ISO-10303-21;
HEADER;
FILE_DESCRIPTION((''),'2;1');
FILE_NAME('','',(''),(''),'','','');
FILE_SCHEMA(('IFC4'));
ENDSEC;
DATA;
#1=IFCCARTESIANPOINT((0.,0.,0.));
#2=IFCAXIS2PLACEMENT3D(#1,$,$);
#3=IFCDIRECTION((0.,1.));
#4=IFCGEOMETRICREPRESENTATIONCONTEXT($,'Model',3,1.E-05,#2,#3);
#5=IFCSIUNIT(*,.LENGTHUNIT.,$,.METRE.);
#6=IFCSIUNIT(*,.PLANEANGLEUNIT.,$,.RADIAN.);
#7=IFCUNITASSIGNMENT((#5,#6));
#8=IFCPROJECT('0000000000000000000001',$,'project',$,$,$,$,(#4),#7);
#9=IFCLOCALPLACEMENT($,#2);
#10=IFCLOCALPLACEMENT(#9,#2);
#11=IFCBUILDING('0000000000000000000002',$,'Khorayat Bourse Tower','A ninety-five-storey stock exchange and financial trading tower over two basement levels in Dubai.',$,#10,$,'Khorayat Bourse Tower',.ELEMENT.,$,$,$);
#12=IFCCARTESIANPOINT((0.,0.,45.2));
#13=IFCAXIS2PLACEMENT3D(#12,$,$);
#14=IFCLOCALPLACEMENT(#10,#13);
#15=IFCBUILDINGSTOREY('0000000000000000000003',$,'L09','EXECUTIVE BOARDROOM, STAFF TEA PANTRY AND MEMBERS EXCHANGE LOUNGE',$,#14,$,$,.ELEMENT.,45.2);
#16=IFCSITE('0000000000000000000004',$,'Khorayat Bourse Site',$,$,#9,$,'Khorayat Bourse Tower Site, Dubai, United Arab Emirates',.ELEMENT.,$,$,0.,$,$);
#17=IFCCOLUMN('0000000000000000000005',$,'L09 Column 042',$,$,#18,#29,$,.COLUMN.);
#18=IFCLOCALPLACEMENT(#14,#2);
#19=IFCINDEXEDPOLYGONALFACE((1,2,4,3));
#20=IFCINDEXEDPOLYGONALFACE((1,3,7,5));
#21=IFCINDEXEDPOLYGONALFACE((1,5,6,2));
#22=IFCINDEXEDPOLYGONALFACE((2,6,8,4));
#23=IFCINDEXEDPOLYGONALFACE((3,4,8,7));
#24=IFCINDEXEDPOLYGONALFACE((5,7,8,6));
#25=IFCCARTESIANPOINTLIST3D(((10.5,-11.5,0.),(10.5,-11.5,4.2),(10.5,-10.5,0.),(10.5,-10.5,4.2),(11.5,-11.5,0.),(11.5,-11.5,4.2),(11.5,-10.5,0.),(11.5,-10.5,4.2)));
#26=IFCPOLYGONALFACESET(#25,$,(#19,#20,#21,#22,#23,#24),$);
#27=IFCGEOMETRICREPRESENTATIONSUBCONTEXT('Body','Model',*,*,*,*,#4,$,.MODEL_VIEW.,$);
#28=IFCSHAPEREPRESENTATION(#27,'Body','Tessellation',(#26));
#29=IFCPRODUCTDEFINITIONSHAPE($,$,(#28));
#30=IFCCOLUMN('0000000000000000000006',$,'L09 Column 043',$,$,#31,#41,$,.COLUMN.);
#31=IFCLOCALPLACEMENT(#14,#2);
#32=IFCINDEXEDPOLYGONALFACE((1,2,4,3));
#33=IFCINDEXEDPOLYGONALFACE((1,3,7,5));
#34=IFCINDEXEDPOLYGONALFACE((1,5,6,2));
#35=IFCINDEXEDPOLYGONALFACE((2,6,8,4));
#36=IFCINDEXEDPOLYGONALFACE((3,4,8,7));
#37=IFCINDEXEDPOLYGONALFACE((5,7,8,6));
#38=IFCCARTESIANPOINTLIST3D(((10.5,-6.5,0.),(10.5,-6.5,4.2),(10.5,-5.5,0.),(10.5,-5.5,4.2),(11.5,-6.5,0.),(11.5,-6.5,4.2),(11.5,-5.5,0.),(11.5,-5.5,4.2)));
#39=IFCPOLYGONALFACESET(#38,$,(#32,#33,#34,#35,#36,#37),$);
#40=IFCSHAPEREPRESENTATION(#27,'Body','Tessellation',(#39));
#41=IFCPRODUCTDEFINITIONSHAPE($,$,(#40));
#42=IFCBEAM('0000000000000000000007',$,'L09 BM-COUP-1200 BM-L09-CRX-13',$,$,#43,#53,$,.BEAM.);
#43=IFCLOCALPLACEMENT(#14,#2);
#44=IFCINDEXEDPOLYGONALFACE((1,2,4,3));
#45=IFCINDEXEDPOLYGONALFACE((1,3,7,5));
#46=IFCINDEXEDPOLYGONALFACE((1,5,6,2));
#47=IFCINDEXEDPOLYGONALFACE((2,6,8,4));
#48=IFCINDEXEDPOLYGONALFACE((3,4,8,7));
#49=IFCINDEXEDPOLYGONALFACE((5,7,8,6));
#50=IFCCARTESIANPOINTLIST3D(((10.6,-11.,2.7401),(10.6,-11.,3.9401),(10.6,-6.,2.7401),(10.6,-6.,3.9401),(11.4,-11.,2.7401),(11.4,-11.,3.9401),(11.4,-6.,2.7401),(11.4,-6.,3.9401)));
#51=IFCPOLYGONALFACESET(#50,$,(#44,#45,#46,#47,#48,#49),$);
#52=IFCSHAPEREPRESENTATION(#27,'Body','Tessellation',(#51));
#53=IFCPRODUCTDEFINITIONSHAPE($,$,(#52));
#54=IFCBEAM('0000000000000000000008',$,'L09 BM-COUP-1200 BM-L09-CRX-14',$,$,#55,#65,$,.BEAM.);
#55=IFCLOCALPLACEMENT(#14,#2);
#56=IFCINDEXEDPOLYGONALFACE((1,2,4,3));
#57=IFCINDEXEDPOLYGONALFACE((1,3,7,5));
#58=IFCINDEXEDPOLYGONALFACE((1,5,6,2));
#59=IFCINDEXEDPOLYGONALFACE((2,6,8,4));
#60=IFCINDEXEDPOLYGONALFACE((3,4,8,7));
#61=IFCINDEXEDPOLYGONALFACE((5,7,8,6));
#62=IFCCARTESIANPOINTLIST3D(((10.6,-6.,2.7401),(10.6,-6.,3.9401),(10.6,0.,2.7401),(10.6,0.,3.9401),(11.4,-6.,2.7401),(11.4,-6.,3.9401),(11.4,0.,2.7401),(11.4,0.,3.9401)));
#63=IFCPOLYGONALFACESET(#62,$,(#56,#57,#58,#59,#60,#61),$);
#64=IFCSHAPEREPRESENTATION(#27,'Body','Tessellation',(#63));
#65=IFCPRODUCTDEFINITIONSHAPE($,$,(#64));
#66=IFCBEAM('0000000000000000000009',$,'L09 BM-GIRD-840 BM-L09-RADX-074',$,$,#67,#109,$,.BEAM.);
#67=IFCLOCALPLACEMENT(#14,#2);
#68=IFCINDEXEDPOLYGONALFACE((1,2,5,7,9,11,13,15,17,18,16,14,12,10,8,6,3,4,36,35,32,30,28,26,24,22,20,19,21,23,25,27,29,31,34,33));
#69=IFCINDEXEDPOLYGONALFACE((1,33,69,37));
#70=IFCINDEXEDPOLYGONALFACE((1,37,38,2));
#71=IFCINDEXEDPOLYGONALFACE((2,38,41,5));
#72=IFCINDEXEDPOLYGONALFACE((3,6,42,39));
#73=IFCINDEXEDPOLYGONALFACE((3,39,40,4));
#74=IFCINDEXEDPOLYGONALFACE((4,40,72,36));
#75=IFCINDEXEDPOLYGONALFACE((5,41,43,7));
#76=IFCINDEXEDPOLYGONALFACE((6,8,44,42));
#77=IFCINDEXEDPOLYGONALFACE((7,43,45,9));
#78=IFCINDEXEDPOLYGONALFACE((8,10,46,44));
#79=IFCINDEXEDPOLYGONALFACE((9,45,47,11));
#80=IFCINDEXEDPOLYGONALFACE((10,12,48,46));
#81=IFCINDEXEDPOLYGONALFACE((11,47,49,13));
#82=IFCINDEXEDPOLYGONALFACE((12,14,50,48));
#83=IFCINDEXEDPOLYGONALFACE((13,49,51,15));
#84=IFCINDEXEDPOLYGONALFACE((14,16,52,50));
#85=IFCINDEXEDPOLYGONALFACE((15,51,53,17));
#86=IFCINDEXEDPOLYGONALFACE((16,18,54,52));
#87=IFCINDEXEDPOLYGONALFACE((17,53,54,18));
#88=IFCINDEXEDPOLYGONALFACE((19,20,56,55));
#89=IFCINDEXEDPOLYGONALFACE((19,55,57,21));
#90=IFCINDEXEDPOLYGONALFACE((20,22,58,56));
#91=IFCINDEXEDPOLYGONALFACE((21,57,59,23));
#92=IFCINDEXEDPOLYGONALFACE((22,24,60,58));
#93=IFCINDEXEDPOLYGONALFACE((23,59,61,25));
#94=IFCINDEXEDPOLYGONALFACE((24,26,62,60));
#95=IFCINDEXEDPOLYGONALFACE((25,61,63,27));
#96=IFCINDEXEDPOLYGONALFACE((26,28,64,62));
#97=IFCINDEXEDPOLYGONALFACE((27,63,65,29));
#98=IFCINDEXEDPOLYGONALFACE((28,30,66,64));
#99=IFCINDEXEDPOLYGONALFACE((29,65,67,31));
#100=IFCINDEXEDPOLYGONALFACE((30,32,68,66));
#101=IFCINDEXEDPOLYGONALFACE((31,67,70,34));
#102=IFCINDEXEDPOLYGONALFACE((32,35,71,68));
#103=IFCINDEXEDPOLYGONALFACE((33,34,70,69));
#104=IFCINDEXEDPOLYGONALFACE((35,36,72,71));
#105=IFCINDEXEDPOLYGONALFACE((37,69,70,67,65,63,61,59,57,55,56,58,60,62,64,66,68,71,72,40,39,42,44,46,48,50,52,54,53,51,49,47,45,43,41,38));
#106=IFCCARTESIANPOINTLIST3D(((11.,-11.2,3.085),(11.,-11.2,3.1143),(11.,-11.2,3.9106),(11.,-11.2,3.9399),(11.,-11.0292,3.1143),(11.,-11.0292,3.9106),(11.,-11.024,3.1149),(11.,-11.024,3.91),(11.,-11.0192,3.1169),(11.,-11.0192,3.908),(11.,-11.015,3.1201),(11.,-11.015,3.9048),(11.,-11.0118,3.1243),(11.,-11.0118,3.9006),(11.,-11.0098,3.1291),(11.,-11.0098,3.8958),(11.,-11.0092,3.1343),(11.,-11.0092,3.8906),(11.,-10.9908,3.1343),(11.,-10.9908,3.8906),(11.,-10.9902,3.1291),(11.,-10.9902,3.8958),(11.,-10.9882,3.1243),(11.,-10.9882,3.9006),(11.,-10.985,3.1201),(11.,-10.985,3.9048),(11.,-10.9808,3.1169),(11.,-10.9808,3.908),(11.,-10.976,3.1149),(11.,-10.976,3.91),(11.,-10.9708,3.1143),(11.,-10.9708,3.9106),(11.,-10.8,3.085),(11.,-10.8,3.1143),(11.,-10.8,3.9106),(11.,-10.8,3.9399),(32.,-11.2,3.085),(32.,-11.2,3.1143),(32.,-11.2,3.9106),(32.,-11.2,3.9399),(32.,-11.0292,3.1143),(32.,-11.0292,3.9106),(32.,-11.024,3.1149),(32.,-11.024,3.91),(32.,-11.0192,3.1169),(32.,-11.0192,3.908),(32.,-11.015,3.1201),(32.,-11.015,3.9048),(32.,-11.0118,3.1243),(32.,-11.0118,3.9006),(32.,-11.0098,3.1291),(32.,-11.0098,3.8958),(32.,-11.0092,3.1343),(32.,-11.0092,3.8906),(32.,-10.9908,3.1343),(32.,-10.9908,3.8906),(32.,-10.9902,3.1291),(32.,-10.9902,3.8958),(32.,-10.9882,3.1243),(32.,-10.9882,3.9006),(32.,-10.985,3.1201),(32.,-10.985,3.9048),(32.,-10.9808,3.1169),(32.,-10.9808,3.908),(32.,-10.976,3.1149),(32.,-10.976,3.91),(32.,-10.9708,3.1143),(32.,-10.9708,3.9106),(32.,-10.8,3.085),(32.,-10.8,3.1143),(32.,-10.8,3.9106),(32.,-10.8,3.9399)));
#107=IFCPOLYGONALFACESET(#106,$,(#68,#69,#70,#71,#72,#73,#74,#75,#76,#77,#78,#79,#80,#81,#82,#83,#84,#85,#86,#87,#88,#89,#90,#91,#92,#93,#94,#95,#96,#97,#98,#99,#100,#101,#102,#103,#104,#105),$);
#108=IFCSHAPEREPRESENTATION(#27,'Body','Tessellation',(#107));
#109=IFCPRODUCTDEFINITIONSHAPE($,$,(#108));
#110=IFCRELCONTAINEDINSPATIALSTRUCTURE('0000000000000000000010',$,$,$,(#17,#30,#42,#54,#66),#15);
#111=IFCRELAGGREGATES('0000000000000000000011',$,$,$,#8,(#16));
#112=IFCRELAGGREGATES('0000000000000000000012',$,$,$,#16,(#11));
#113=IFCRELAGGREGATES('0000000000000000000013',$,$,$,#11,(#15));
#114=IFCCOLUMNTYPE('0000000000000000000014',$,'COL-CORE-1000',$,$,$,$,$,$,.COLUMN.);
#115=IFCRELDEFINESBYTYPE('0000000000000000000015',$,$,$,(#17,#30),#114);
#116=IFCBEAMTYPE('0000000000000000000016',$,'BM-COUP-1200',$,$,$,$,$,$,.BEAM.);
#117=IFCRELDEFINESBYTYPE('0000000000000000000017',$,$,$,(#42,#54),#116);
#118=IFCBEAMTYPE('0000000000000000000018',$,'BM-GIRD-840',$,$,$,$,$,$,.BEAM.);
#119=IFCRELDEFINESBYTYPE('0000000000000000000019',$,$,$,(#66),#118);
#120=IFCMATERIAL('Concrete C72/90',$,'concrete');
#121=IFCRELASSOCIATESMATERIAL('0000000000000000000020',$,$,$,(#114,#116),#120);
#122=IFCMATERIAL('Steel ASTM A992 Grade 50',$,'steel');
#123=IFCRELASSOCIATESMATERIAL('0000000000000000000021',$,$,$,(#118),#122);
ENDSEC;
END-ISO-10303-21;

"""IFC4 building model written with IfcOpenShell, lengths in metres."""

from ifc_helpers import new_model, si_unit, direction, frame, origin, origin_2d, place, context, subcontext, project, spatial, rectangle, i_section, extrude, source, transform, mapped, material, material_profile, profile_set, type_object, element, save


model = new_model("IFC4")

# Units and contexts
model_context = context("Model", 3, precision=1e-05, world=origin(), true_north=direction((0.0, 1.0)))
body_context = subcontext(model_context, "Body", "Model", "MODEL_VIEW")
ifc_project = project(units=[si_unit("LENGTHUNIT", "METRE"), si_unit("PLANEANGLEUNIT", "RADIAN")], contexts=[model_context])

# Site, building, storey
site_placement = place(None, origin())
site = spatial("IfcSite", under=ifc_project, at=site_placement, Name="Khorayat Bourse Site", LongName="Khorayat Bourse Tower Site, Dubai, United Arab Emirates", CompositionType="ELEMENT", RefElevation=0.0)
building_placement = place(site_placement, origin())
building = spatial("IfcBuilding", under=site, at=building_placement, Name="Khorayat Bourse Tower", Description="A ninety-five-storey stock exchange and financial trading tower over two basement levels in Dubai.", LongName="Khorayat Bourse Tower", CompositionType="ELEMENT")
storey_placement = place(building_placement, frame((0.0, 0.0, 45.2)))
storey = spatial("IfcBuildingStorey", under=building, at=storey_placement, Name="L09", Description="EXECUTIVE BOARDROOM, STAFF TEA PANTRY AND MEMBERS EXCHANGE LOUNGE", CompositionType="ELEMENT", Elevation=45.2)

# Columns
ifc_material_1 = material(Name="Concrete C72/90", Category="concrete")
ifc_material_profile_1 = material_profile(ifc_material_1, rectangle(XDim=1.0, YDim=1.0, at=origin_2d()), Name="RC 1000x1000")
ifc_profile_set_1 = profile_set([ifc_material_profile_1], Name="Concrete C72/90")
column_type = type_object("IfcColumnType", Name="COL-CORE-1000", PredefinedType="COLUMN", material=ifc_profile_set_1)
shared_shape_1 = source(origin(), body_context, "Body", "SweptSolid", [
    extrude(rectangle(XDim=1.0, YDim=1.0, at=origin_2d()), origin(), (0.0, 0.0, 1.0), 4.2),
])
for number, where, z_axis, x_axis, name in (
    (1, (11.0, -11.0, 0.0), (0.0, 0.0, 1.0), (1.0, 0.0, 0.0), "L09 Column 042"),
    (2, (11.0, -6.0, 0.0), (0.0, 0.0, 1.0), (1.0, 0.0, 0.0), "L09 Column 043"),
):
    element("IfcColumn", number, at=place(storey_placement, frame(where, z_axis=z_axis, x_axis=x_axis)), inside=storey, type_object=column_type, Name=name, PredefinedType="COLUMN", context=body_context, shape_type="MappedRepresentation", body=[
        mapped(shared_shape_1, transform((0.0, 0.0, 0.0), scale=1.0)),
    ])

# Beams
ifc_material_profile_2 = material_profile(ifc_material_1, rectangle(XDim=0.8, YDim=1.2, at=origin_2d()), Name="RC 800x1200")
ifc_profile_set_2 = profile_set([ifc_material_profile_2], Name="Concrete C72/90")
beam_type_1 = type_object("IfcBeamType", Name="BM-COUP-1200", PredefinedType="BEAM", material=ifc_profile_set_2)
shared_shape_2 = source(origin(), body_context, "Body", "SweptSolid", [
    extrude(rectangle(XDim=0.8, YDim=1.2, at=origin_2d()), origin(), (0.0, 0.0, 1.0), 5.0),
])
beam_1_placement = place(storey_placement, frame((11.0, -11.0, 3.3401), z_axis=(0.0, 1.0, 0.0), x_axis=(-1.0, 0.0, 0.0)))
element("IfcBeam", 3, at=beam_1_placement, inside=storey, type_object=beam_type_1, Name="L09 BM-COUP-1200 BM-L09-CRX-13", PredefinedType="BEAM", context=body_context, shape_type="MappedRepresentation", body=[
    mapped(shared_shape_2, transform((0.0, 0.0, 0.0), scale=1.0)),
])
shared_shape_3 = source(origin(), body_context, "Body", "SweptSolid", [
    extrude(rectangle(XDim=0.8, YDim=1.2, at=origin_2d()), origin(), (0.0, 0.0, 1.0), 6.0),
])
beam_2_placement = place(storey_placement, frame((11.0, -6.0, 3.3401), z_axis=(0.0, 1.0, 0.0), x_axis=(-1.0, 0.0, 0.0)))
element("IfcBeam", 4, at=beam_2_placement, inside=storey, type_object=beam_type_1, Name="L09 BM-COUP-1200 BM-L09-CRX-14", PredefinedType="BEAM", context=body_context, shape_type="MappedRepresentation", body=[
    mapped(shared_shape_3, transform((0.0, 0.0, 0.0), scale=1.0)),
])
ifc_material_2 = material(Name="Steel ASTM A992 Grade 50", Category="steel")
ifc_material_profile_3 = material_profile(ifc_material_2, i_section(OverallWidth=0.3999, OverallDepth=0.855, WebThickness=0.0183, FlangeThickness=0.0293, FilletRadius=0.02, at=origin_2d()), Name="W840X299")
ifc_profile_set_3 = profile_set([ifc_material_profile_3], Name="Steel ASTM A992 Grade 50")
beam_type_2 = type_object("IfcBeamType", Name="BM-GIRD-840", PredefinedType="BEAM", material=ifc_profile_set_3)
shared_shape_4 = source(origin(), body_context, "Body", "SweptSolid", [
    extrude(i_section(OverallWidth=0.3999, OverallDepth=0.855, WebThickness=0.0183, FlangeThickness=0.0293, FilletRadius=0.02, at=origin_2d()), origin(), (0.0, 0.0, 1.0), 21.0),
])
beam_3_placement = place(storey_placement, frame((11.0, -11.0, 3.5125), z_axis=(1.0, 0.0, 0.0), x_axis=(0.0, 1.0, 0.0)))
element("IfcBeam", 5, at=beam_3_placement, inside=storey, type_object=beam_type_2, Name="L09 BM-GIRD-840 BM-L09-RADX-074", PredefinedType="BEAM", context=body_context, shape_type="MappedRepresentation", body=[
    mapped(shared_shape_4, transform((0.0, 0.0, 0.0), scale=1.0)),
])

save(model, "model.ifc")
